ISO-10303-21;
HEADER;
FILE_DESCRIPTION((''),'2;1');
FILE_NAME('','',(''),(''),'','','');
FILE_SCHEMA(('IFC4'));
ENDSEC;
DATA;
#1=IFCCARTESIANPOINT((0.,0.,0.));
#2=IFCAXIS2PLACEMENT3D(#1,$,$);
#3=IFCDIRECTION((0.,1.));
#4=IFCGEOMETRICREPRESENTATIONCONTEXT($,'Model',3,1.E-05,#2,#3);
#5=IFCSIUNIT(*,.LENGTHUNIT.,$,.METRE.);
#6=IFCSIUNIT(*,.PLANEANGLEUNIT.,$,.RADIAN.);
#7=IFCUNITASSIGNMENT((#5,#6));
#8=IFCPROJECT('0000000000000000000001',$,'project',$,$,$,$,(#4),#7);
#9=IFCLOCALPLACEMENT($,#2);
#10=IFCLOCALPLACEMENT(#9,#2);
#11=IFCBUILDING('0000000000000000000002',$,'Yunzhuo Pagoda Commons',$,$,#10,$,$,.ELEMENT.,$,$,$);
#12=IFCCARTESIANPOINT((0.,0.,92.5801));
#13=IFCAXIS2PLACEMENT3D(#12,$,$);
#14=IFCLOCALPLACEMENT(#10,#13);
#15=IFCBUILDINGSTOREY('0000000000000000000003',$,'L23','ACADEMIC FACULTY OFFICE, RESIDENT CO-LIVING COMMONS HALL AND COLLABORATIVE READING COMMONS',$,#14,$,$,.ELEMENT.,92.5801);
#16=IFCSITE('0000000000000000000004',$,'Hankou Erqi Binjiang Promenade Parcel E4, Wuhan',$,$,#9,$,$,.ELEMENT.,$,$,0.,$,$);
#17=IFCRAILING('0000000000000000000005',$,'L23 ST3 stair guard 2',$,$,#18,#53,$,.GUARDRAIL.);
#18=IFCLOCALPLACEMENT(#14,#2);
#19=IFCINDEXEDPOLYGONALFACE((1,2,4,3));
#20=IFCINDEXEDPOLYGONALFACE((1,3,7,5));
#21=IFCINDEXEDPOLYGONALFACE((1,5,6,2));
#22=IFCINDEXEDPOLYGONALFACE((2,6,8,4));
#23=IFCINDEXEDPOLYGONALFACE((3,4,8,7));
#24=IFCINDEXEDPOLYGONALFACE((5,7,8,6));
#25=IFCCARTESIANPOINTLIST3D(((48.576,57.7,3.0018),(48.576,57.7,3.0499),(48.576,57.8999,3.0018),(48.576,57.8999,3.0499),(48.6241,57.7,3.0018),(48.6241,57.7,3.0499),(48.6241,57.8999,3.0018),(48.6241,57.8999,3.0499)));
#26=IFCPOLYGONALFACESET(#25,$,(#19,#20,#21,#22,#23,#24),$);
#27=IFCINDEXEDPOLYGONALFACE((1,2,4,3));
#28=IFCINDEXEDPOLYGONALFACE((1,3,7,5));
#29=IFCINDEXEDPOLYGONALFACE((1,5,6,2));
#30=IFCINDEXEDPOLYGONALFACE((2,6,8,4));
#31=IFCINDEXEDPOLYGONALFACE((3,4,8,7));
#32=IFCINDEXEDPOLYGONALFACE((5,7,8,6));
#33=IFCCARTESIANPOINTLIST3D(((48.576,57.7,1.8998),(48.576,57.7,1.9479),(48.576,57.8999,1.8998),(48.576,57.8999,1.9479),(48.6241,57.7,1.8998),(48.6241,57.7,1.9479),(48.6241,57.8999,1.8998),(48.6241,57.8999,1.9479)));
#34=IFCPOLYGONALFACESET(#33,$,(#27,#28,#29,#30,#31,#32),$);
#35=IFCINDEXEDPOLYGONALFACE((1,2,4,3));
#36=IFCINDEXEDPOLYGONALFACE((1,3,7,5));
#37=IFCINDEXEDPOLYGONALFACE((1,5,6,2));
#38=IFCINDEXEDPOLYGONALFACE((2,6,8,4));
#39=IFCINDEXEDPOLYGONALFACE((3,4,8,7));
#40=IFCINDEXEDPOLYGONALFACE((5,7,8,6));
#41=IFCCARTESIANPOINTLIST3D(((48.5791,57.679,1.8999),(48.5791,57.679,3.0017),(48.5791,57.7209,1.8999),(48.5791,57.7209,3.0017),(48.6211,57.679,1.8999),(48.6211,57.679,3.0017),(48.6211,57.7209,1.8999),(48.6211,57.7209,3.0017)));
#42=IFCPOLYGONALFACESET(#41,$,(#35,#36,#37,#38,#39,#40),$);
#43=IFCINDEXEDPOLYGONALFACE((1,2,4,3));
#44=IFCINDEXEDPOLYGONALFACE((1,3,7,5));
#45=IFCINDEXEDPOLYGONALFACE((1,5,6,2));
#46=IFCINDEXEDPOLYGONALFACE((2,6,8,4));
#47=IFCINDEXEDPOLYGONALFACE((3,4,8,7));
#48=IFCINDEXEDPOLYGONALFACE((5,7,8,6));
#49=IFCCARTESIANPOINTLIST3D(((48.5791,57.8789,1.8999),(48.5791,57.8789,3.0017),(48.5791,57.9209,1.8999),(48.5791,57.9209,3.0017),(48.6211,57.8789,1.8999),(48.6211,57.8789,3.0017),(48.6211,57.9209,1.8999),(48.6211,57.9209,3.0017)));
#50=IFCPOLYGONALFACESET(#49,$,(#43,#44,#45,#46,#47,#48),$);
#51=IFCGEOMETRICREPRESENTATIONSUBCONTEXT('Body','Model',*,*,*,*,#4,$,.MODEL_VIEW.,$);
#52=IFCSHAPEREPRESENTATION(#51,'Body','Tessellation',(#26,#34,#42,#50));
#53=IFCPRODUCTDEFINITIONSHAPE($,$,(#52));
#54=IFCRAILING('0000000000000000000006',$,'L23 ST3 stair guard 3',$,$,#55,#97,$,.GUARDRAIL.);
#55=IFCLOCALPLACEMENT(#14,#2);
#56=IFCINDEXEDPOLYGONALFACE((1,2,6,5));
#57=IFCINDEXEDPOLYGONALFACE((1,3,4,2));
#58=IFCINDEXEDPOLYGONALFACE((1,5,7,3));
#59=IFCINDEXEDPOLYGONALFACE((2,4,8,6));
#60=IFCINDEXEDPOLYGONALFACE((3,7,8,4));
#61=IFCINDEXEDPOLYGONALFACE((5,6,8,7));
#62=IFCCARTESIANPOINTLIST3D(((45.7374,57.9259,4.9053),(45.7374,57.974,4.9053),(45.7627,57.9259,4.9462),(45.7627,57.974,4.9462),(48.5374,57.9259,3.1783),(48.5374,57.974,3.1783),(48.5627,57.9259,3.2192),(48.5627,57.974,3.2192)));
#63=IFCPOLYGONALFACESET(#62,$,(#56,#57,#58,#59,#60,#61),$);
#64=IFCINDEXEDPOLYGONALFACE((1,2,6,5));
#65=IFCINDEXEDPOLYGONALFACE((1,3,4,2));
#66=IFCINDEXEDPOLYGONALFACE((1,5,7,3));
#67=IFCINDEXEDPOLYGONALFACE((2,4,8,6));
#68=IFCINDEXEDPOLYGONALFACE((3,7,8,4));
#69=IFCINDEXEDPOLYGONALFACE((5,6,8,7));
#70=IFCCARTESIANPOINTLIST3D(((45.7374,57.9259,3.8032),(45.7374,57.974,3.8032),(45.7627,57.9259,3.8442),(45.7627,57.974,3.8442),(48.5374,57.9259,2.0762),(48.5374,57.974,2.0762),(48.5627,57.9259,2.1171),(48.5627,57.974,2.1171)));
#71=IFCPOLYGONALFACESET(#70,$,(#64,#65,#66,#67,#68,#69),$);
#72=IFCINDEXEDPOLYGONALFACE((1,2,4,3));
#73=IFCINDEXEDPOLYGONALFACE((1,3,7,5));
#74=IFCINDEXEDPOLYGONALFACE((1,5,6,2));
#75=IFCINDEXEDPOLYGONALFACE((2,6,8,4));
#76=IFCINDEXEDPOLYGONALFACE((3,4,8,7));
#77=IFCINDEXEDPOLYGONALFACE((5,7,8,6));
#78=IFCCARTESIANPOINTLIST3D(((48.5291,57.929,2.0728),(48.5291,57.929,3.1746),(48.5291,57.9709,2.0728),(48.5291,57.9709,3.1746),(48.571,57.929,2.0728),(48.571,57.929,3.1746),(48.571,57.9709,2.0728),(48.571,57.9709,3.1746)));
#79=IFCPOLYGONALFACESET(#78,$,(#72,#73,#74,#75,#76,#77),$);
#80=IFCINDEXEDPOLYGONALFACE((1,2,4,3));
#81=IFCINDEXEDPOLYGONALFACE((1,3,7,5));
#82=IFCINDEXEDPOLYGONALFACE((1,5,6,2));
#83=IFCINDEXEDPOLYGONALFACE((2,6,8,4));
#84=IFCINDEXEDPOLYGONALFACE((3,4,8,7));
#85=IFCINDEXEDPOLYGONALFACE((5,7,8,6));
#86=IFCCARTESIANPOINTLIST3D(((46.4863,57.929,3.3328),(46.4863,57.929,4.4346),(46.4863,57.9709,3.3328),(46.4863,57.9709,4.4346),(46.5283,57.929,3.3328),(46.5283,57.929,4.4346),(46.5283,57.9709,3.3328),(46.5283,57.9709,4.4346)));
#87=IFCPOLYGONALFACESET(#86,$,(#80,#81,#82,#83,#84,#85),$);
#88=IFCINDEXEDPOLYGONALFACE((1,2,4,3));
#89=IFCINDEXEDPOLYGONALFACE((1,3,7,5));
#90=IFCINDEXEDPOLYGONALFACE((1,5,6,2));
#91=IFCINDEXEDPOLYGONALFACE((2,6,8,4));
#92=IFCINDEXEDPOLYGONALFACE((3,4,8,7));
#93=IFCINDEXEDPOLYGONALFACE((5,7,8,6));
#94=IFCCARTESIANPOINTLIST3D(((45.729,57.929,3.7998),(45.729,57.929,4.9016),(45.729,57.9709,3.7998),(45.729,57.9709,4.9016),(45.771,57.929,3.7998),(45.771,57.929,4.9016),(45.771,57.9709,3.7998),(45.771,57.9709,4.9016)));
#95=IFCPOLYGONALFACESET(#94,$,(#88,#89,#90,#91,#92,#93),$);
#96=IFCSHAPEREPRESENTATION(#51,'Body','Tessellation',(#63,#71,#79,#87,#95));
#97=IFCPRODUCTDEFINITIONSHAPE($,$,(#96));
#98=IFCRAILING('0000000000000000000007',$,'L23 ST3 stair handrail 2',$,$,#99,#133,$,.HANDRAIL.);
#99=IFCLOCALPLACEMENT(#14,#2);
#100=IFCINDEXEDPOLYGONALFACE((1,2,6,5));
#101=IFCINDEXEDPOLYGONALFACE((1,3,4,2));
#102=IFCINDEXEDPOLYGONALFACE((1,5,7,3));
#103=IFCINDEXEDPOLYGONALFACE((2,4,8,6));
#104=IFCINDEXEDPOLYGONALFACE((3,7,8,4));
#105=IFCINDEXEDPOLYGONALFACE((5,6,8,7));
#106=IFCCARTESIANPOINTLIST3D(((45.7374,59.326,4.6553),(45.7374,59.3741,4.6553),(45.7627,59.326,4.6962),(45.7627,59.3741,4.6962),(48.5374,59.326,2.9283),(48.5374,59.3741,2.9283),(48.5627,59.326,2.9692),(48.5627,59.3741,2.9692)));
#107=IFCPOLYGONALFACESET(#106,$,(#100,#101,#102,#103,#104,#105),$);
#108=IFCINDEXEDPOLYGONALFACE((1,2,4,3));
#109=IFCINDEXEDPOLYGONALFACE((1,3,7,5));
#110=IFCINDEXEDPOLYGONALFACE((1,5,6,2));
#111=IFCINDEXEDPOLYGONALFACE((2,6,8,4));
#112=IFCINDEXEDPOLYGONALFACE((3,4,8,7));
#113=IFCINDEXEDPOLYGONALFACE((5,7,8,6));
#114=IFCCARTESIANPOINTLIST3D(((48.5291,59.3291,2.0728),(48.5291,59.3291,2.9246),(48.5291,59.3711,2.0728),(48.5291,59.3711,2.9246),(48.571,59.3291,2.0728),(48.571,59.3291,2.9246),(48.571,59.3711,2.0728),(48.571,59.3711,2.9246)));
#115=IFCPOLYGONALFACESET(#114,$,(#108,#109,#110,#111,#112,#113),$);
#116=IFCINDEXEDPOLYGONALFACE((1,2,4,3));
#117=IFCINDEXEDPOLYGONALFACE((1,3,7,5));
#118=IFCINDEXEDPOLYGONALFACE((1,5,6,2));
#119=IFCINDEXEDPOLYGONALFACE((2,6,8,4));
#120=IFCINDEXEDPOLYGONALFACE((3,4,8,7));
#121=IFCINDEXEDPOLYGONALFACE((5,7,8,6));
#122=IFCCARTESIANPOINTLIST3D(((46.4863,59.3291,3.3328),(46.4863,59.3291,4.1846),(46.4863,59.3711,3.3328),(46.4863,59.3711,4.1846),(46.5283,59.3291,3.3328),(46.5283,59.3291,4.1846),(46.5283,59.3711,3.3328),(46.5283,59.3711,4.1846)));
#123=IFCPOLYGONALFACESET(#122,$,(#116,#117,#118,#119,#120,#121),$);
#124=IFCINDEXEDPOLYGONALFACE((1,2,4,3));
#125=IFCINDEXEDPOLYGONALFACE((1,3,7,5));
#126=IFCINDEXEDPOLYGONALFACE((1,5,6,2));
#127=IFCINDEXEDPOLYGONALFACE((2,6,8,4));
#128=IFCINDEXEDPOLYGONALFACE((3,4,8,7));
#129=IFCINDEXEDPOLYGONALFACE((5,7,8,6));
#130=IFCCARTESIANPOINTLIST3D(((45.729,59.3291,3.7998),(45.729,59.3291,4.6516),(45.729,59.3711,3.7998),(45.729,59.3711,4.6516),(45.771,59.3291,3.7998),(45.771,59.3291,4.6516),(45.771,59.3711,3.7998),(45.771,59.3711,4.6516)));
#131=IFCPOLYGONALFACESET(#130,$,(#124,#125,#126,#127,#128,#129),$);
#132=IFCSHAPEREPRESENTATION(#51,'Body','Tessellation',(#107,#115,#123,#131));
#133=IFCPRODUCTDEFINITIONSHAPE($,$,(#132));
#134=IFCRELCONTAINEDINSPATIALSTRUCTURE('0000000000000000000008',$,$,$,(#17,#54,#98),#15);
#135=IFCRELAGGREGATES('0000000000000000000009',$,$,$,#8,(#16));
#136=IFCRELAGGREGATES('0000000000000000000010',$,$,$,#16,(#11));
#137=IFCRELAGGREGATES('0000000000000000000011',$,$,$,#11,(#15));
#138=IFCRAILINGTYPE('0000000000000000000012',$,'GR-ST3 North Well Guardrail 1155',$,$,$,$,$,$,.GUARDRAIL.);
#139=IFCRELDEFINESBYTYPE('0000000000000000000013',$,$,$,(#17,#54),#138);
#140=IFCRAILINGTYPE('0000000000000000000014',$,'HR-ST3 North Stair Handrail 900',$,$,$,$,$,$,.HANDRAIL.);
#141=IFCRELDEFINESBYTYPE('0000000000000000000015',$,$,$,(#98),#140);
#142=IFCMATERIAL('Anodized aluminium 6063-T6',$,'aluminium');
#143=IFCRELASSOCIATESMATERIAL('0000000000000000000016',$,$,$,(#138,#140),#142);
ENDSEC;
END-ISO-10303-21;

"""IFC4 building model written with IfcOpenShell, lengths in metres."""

from ifc_helpers import new_model, si_unit, direction, frame, origin, origin_2d, place, context, subcontext, project, spatial, rectangle, extrude, material, type_object, element, save


model = new_model("IFC4")

# Units and contexts
model_context = context("Model", 3, precision=1e-05, world=origin(), true_north=direction((0.0, 1.0)))
body_context = subcontext(model_context, "Body", "Model", "MODEL_VIEW")
ifc_project = project(units=[si_unit("LENGTHUNIT", "METRE"), si_unit("PLANEANGLEUNIT", "RADIAN")], contexts=[model_context])

# Site, building, storey
site_placement = place(None, origin())
site = spatial("IfcSite", under=ifc_project, at=site_placement, Name="Hankou Erqi Binjiang Promenade Parcel E4, Wuhan", CompositionType="ELEMENT", RefElevation=0.0)
building_placement = place(site_placement, origin())
building = spatial("IfcBuilding", under=site, at=building_placement, Name="Yunzhuo Pagoda Commons", CompositionType="ELEMENT")
storey_placement = place(building_placement, frame((0.0, 0.0, 92.5801)))
storey = spatial("IfcBuildingStorey", under=building, at=storey_placement, Name="L23", Description="ACADEMIC FACULTY OFFICE, RESIDENT CO-LIVING COMMONS HALL AND COLLABORATIVE READING COMMONS", CompositionType="ELEMENT", Elevation=92.5801)

# Shared definitions
ifc_material_1 = material(Name="Anodized aluminium 6063-T6", Category="aluminium")

# Railings
railing_type_1 = type_object("IfcRailingType", Name="GR-ST3 North Well Guardrail 1155", PredefinedType="GUARDRAIL", material=ifc_material_1)
railing_1_placement = place(storey_placement, frame((48.6001, 57.7, 1.8999)))
element("IfcRailing", 1, at=railing_1_placement, inside=storey, type_object=railing_type_1, Name="L23 ST3 stair guard 2", PredefinedType="GUARDRAIL", context=body_context, shape_type="SweptSolid", body=[
    extrude(rectangle(XDim=0.0481, YDim=0.0481, at=origin_2d()), frame((0.0, 0.0, 1.126), z_axis=(0.0, 1.0, 0.0), x_axis=(-1.0, 0.0, 0.0)), (0.0, 0.0, 1.0), 0.2),
    extrude(rectangle(XDim=0.0481, YDim=0.0481, at=origin_2d()), frame((0.0, 0.0, 0.0239), z_axis=(0.0, 1.0, 0.0), x_axis=(-1.0, 0.0, 0.0)), (0.0, 0.0, 1.0), 0.2),
    extrude(rectangle(XDim=0.042, YDim=0.042, at=origin_2d()), origin(), (0.0, 0.0, 1.0), 1.1018),
    extrude(rectangle(XDim=0.042, YDim=0.042, at=origin_2d()), frame((0.0, 0.2, 0.0)), (0.0, 0.0, 1.0), 1.1018),
])
railing_2_placement = place(storey_placement, frame((48.55, 57.95, 2.0728)))
element("IfcRailing", 2, at=railing_2_placement, inside=storey, type_object=railing_type_1, Name="L23 ST3 stair guard 3", PredefinedType="GUARDRAIL", context=body_context, shape_type="SweptSolid", body=[
    extrude(rectangle(XDim=0.0481, YDim=0.0481, at=origin_2d()), frame((0.0, 0.0, 1.126), z_axis=(-0.851123, 0.0, 0.524967), x_axis=(0.0, -1.0, 0.0)), (0.0, 0.0, 1.0), 3.2898),
    extrude(rectangle(XDim=0.0481, YDim=0.0481, at=origin_2d()), frame((0.0, 0.0, 0.0239), z_axis=(-0.851123, 0.0, 0.524967), x_axis=(0.0, -1.0, 0.0)), (0.0, 0.0, 1.0), 3.2898),
    extrude(rectangle(XDim=0.042, YDim=0.042, at=origin_2d()), origin(), (0.0, 0.0, 1.0), 1.1018),
    extrude(rectangle(XDim=0.042, YDim=0.042, at=origin_2d()), frame((-2.0427, 0.0, 1.26)), (0.0, 0.0, 1.0), 1.1018),
    extrude(rectangle(XDim=0.042, YDim=0.042, at=origin_2d()), frame((-2.8, 0.0, 1.7271)), (0.0, 0.0, 1.0), 1.1018),
])
railing_type_2 = type_object("IfcRailingType", Name="HR-ST3 North Stair Handrail 900", PredefinedType="HANDRAIL", material=ifc_material_1)
railing_3_placement = place(storey_placement, frame((48.55, 59.3501, 2.0728)))
element("IfcRailing", 3, at=railing_3_placement, inside=storey, type_object=railing_type_2, Name="L23 ST3 stair handrail 2", PredefinedType="HANDRAIL", context=body_context, shape_type="SweptSolid", body=[
    extrude(rectangle(XDim=0.0481, YDim=0.0481, at=origin_2d()), frame((0.0, 0.0, 0.876), z_axis=(-0.851123, 0.0, 0.524967), x_axis=(0.0, -1.0, 0.0)), (0.0, 0.0, 1.0), 3.2898),
    extrude(rectangle(XDim=0.042, YDim=0.042, at=origin_2d()), origin(), (0.0, 0.0, 1.0), 0.8518),
    extrude(rectangle(XDim=0.042, YDim=0.042, at=origin_2d()), frame((-2.0427, 0.0, 1.26)), (0.0, 0.0, 1.0), 0.8518),
    extrude(rectangle(XDim=0.042, YDim=0.042, at=origin_2d()), frame((-2.8, 0.0, 1.7271)), (0.0, 0.0, 1.0), 0.8518),
])

save(model, "model.ifc")
